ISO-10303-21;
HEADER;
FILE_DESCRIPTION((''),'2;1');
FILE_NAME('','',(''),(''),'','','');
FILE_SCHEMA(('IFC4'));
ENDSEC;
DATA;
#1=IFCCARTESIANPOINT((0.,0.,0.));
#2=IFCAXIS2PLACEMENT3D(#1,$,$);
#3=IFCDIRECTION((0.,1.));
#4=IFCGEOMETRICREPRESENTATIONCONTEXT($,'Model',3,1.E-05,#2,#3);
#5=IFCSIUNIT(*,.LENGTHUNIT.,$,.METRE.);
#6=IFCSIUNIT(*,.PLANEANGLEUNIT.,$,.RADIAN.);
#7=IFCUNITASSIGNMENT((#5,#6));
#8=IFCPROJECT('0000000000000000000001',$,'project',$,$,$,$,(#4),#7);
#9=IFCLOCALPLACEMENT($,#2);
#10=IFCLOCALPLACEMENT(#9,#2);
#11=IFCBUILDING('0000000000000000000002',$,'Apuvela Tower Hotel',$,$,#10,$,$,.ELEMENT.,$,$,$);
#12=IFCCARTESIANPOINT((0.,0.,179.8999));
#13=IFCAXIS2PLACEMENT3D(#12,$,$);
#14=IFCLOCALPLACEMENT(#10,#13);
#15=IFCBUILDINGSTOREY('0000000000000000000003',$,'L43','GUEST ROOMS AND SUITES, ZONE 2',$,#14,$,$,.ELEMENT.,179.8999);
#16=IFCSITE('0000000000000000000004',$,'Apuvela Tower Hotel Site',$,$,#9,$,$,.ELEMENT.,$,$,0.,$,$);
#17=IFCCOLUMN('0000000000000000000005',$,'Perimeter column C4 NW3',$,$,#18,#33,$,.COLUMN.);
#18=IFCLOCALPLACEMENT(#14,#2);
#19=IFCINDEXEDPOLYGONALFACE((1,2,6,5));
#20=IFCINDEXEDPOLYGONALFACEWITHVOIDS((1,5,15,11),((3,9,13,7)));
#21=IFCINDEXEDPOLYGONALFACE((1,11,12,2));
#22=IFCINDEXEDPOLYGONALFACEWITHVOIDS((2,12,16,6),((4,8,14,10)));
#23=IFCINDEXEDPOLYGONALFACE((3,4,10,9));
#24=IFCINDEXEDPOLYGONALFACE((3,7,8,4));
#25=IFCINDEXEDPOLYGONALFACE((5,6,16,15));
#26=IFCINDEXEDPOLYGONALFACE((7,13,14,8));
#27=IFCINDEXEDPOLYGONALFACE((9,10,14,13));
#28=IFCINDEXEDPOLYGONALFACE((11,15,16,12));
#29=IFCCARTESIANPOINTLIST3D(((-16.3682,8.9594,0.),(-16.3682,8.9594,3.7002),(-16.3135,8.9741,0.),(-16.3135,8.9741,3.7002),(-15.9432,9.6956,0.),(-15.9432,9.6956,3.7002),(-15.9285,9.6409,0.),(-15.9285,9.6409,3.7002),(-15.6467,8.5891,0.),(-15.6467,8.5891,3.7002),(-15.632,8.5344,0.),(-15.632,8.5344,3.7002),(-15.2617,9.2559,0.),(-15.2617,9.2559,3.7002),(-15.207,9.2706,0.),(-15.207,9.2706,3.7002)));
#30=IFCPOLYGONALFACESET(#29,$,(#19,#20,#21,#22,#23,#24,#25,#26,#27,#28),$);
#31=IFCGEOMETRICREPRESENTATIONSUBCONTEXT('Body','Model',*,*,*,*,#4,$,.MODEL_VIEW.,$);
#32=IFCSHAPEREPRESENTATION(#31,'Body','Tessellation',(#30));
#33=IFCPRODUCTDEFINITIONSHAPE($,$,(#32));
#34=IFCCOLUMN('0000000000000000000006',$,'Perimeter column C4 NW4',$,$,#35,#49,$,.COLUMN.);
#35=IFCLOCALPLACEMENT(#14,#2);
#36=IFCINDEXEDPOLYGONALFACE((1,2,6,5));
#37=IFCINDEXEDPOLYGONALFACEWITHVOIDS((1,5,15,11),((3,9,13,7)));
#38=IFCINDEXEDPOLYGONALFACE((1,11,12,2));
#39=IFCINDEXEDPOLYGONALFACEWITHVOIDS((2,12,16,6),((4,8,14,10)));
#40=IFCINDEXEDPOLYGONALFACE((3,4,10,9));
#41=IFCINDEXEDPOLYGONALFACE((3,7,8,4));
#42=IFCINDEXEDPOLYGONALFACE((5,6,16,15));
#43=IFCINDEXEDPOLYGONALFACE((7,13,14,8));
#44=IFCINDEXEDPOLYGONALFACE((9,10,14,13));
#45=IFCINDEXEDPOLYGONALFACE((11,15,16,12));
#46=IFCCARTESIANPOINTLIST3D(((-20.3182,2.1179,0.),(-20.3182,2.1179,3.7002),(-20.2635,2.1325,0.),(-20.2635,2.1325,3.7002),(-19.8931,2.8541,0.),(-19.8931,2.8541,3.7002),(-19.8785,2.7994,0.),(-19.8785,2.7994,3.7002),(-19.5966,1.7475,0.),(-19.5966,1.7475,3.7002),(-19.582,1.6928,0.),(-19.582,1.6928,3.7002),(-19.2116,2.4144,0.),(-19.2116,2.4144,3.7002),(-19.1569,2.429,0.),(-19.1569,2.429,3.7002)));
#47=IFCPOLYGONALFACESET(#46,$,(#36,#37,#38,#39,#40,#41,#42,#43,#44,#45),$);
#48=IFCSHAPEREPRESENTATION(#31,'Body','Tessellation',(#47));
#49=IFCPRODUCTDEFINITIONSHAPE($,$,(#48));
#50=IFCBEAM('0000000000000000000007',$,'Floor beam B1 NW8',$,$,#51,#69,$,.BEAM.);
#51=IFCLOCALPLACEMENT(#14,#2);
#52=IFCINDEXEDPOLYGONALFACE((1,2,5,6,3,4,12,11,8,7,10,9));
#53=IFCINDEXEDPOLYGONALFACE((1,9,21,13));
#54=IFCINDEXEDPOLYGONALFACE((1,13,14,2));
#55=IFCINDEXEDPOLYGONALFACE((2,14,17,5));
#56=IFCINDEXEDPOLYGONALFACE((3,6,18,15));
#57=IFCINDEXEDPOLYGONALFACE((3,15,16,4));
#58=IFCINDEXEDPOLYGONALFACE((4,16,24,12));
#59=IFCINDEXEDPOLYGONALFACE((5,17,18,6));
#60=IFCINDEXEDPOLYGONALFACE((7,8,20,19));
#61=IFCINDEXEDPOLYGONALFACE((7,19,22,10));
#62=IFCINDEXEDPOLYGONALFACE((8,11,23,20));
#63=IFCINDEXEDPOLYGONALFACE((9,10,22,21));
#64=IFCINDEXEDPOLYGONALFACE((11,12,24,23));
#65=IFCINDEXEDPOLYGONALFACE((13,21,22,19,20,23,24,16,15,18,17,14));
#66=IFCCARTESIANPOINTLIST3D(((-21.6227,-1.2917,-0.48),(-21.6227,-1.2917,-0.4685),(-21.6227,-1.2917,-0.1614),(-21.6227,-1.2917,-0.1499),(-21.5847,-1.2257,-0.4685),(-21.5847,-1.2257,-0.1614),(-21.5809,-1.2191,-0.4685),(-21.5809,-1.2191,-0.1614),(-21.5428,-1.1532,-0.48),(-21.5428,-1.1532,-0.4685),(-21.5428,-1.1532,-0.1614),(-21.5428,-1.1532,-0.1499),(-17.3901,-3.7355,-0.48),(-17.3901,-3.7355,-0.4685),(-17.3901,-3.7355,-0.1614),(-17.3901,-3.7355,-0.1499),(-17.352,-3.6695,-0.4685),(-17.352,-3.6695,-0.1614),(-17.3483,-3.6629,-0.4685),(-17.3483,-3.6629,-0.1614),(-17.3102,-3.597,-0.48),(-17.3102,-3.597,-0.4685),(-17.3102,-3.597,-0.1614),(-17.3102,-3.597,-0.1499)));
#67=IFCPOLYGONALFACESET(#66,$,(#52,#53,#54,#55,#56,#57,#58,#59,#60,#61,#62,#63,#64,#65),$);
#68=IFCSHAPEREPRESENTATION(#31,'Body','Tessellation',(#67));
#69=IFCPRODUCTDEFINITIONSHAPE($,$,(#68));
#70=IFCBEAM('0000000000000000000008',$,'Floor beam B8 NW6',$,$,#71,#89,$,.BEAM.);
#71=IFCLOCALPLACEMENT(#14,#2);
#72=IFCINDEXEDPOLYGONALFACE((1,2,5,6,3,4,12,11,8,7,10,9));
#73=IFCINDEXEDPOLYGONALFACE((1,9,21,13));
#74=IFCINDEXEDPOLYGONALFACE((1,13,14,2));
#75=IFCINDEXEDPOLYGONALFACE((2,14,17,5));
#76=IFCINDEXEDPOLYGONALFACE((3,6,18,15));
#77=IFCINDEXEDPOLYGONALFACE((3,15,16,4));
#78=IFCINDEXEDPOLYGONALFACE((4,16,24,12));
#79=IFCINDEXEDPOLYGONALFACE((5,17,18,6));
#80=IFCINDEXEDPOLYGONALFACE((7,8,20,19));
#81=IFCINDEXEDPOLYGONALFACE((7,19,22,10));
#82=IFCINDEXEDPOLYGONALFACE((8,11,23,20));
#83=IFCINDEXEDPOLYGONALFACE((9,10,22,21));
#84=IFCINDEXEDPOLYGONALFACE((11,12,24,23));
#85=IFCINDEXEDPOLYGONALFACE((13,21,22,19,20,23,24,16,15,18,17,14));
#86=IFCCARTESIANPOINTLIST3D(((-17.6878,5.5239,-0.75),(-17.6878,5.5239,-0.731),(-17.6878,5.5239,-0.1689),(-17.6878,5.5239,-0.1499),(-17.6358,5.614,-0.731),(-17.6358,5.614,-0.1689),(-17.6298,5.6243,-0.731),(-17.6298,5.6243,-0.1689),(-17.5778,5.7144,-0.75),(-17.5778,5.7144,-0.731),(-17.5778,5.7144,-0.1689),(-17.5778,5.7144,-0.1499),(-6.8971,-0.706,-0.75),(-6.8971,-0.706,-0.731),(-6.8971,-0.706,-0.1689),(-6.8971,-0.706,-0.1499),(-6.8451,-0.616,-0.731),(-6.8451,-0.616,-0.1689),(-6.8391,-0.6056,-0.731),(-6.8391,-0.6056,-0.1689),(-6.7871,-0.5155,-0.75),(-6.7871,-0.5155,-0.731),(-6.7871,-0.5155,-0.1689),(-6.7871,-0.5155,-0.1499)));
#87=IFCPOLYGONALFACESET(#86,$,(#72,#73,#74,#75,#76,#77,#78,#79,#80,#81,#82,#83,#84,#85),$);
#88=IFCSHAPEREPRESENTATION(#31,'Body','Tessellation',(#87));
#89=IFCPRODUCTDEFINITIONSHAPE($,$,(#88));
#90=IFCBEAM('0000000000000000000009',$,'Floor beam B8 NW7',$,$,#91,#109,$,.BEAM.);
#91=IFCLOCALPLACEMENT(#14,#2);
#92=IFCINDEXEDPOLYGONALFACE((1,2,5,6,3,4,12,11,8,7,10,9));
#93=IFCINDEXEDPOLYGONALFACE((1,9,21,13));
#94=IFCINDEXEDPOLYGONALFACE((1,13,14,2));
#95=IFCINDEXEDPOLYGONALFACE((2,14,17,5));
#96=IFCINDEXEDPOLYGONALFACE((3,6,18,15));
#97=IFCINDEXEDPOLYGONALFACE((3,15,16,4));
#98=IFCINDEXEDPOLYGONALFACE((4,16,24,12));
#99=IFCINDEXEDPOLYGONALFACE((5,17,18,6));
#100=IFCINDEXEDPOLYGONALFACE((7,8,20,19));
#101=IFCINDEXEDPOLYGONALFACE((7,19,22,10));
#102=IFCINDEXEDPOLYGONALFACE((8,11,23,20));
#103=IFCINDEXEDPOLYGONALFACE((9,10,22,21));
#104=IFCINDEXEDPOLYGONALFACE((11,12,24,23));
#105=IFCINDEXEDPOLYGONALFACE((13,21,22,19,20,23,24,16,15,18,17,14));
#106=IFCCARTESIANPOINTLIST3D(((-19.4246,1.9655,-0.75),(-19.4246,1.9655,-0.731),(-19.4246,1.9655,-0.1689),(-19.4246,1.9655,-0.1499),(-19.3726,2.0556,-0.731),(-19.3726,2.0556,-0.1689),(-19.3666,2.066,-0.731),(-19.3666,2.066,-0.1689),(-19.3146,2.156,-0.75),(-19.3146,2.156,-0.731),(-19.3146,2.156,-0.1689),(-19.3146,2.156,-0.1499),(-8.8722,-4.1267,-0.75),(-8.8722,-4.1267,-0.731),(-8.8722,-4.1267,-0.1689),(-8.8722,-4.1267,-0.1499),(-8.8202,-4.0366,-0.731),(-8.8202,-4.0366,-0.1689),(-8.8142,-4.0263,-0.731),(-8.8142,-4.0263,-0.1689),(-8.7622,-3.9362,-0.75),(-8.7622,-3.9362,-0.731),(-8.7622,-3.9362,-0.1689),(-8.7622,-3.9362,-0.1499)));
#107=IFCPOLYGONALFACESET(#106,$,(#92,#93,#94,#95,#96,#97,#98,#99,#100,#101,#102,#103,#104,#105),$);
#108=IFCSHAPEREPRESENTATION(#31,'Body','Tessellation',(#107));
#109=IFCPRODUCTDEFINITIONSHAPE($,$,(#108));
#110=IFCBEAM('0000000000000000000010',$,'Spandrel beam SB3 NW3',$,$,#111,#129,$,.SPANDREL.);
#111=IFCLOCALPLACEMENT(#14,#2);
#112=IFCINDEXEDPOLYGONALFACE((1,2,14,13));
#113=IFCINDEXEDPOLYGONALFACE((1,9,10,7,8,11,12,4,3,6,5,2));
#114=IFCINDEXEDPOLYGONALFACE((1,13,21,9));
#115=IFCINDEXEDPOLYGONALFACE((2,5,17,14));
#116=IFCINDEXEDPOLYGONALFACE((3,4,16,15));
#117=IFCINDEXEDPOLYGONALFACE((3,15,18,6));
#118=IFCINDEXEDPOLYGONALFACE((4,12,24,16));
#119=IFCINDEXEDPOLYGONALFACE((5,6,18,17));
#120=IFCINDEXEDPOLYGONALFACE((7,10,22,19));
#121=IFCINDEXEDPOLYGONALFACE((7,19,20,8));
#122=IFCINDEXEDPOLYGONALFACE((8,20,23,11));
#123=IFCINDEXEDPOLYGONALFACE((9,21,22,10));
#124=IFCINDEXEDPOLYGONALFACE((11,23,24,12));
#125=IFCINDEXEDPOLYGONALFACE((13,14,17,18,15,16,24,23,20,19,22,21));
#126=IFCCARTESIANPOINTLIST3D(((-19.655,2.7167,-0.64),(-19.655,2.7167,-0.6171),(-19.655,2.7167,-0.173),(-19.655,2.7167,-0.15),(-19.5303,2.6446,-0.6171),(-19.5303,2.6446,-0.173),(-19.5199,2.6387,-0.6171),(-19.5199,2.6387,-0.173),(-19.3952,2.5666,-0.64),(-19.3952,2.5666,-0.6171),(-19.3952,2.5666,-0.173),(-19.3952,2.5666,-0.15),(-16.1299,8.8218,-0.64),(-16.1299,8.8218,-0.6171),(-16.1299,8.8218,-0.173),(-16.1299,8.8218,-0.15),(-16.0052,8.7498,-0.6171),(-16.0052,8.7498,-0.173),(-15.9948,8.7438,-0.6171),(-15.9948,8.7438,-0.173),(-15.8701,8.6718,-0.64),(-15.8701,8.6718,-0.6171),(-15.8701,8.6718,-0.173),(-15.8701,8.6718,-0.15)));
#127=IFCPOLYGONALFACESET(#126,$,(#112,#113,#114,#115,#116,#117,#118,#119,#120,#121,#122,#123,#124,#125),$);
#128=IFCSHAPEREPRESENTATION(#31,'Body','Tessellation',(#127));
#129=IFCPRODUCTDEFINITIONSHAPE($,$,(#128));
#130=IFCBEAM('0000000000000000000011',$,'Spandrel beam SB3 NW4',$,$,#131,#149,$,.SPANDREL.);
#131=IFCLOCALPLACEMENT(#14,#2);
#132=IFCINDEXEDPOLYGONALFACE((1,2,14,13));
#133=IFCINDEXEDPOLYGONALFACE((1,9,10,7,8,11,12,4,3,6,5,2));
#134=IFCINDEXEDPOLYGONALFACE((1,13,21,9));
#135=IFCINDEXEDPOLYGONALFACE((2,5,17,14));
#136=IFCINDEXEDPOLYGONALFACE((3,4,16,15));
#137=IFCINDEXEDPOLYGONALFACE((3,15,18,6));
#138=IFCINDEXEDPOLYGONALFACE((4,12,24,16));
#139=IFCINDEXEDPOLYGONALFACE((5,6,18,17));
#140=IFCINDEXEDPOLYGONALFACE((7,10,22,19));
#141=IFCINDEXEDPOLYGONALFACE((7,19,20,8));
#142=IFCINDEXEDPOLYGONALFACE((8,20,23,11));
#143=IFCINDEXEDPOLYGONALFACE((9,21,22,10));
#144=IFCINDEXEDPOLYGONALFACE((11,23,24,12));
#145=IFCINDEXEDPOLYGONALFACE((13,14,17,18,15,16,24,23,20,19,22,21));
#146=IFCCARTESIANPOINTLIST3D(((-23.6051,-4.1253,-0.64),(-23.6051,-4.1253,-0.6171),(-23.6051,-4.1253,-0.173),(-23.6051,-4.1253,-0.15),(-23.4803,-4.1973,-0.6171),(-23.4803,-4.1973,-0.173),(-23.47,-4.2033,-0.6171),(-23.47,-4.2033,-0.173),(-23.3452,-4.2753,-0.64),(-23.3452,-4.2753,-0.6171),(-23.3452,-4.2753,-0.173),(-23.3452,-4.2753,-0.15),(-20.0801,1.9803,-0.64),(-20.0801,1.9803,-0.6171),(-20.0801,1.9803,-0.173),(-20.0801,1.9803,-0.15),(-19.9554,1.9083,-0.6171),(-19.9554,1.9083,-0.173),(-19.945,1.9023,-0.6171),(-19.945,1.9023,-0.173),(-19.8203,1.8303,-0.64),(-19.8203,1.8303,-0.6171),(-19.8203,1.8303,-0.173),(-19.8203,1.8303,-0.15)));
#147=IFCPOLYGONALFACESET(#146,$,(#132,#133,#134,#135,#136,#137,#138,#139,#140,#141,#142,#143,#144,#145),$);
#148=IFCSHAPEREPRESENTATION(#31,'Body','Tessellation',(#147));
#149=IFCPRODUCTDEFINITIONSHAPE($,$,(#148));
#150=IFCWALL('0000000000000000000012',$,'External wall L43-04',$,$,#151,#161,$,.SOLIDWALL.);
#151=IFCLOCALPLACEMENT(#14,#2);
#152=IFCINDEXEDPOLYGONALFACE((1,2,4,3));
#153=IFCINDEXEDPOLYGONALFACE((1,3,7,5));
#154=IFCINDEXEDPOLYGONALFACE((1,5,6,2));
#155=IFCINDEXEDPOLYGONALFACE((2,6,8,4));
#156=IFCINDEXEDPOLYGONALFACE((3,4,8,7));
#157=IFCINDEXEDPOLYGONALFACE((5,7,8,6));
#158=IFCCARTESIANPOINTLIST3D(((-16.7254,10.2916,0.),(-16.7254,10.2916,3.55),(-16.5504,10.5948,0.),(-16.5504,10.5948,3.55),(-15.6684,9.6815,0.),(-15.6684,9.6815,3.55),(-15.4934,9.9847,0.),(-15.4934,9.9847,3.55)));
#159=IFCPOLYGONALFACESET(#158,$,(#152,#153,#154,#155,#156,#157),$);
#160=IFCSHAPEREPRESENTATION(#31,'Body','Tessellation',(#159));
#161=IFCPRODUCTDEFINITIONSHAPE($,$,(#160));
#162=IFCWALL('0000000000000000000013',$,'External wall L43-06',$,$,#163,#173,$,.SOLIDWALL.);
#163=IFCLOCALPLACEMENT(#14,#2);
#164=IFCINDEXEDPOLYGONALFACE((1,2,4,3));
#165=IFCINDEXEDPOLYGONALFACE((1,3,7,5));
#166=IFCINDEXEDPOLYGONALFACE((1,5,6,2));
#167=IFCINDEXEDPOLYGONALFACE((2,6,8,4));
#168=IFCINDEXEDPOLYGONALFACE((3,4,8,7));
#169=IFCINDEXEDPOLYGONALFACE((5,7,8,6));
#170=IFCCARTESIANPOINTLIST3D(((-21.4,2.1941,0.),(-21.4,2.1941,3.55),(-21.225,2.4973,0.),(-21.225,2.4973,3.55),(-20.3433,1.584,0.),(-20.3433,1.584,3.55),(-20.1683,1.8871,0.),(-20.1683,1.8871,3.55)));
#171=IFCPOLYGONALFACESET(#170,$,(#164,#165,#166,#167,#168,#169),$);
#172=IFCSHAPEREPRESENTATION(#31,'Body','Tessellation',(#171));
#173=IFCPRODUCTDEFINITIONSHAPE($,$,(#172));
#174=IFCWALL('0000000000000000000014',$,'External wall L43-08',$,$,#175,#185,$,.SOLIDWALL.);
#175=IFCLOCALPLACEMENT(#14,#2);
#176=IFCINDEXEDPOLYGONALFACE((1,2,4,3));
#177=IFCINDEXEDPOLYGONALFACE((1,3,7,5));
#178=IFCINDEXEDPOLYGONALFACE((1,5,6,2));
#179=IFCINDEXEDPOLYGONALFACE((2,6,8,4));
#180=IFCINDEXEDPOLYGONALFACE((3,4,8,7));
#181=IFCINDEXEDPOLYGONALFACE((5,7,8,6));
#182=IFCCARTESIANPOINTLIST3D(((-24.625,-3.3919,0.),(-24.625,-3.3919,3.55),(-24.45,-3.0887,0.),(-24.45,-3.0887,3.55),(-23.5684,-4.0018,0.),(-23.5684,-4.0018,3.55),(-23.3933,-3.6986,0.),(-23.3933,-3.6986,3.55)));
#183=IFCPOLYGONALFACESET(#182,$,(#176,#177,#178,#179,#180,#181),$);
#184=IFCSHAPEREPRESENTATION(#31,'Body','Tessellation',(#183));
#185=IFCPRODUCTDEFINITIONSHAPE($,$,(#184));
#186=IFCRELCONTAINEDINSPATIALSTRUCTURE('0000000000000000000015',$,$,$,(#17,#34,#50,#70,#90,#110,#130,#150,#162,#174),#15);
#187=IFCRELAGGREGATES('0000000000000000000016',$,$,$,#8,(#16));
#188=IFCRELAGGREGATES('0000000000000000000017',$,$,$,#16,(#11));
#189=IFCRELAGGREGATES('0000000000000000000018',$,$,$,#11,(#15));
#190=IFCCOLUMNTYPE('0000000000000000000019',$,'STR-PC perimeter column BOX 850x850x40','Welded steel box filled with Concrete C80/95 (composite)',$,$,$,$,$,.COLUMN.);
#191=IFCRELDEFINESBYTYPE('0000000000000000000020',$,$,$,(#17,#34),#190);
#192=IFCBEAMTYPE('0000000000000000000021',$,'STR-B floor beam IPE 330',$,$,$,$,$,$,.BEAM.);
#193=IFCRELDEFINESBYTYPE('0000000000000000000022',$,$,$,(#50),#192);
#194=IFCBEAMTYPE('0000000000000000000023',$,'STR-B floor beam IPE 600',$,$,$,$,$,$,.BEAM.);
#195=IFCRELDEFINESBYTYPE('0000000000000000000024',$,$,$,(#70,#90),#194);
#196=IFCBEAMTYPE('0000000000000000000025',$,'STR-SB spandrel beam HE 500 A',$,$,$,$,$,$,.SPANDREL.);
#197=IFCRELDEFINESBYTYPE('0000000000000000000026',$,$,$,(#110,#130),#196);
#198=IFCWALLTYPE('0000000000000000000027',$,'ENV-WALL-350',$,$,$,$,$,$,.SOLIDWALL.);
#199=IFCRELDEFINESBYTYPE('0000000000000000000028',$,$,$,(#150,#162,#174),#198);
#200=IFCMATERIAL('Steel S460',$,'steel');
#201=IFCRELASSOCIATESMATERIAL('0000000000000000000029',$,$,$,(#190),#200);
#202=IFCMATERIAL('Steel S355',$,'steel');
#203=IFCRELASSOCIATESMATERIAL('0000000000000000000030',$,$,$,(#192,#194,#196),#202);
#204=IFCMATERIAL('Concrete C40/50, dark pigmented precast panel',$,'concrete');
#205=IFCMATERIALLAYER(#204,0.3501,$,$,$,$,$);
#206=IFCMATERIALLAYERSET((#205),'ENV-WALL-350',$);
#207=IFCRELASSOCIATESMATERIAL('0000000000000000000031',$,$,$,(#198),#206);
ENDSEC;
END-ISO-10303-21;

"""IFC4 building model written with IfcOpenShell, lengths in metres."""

from ifc_helpers import new_model, si_unit, direction, frame, frame_2d, origin, origin_2d, place, context, subcontext, project, spatial, rectangle, hollow_rectangle, i_section, extrude, material, layer, layer_set, material_profile, profile_set, type_object, element, save


model = new_model("IFC4")

# Units and contexts
model_context = context("Model", 3, precision=1e-05, world=origin(), true_north=direction((0.0, 1.0)))
body_context = subcontext(model_context, "Body", "Model", "MODEL_VIEW")
ifc_project = project(units=[si_unit("LENGTHUNIT", "METRE"), si_unit("PLANEANGLEUNIT", "RADIAN")], contexts=[model_context])

# Site, building, storey
site_placement = place(None, origin())
site = spatial("IfcSite", under=ifc_project, at=site_placement, Name="Apuvela Tower Hotel Site", CompositionType="ELEMENT", RefElevation=0.0)
building_placement = place(site_placement, origin())
building = spatial("IfcBuilding", under=site, at=building_placement, Name="Apuvela Tower Hotel", CompositionType="ELEMENT")
storey_placement = place(building_placement, frame((0.0, 0.0, 179.8999)))
storey = spatial("IfcBuildingStorey", under=building, at=storey_placement, Name="L43", Description="GUEST ROOMS AND SUITES, ZONE 2", CompositionType="ELEMENT", Elevation=179.8999)

# Columns
ifc_material_1 = material(Name="Steel S460", Category="steel")
ifc_material_profile_1 = material_profile(ifc_material_1, hollow_rectangle(XDim=0.8501, YDim=0.8501, WallThickness=0.04, at=origin_2d()), Name="BOX 850x850x40")
ifc_material_2 = material(Name="Concrete C80/95", Category="concrete")
ifc_material_profile_2 = material_profile(ifc_material_2, rectangle(XDim=0.77, YDim=0.77, at=origin_2d()), Name="Concrete C80/95 infill")
ifc_profile_set_1 = profile_set([ifc_material_profile_1, ifc_material_profile_2], Name="Steel S460")
column_type = type_object("IfcColumnType", Name="STR-PC perimeter column BOX 850x850x40", Description="Welded steel box filled with Concrete C80/95 (composite)", PredefinedType="COLUMN", material=ifc_profile_set_1)
for number, where, z_axis, x_axis, name in (
    (1, (-15.7876, 9.115, 0.0), (0.0, 0.0, 1.0), (0.5, 0.866025, 0.0), "Perimeter column C4 NW3"),
    (2, (-19.7375, 2.2734, 0.0), (0.0, 0.0, 1.0), (0.5, 0.866025, 0.0), "Perimeter column C4 NW4"),
):
    element("IfcColumn", number, at=place(storey_placement, frame(where, z_axis=z_axis, x_axis=x_axis)), inside=storey, type_object=column_type, Name=name, PredefinedType="COLUMN", context=body_context, shape_type="SweptSolid", body=[
        extrude(hollow_rectangle(XDim=0.8501, YDim=0.8501, WallThickness=0.04, at=origin_2d()), origin(), (0.0, 0.0, 1.0), 3.7002),
    ])

# Beams
ifc_material_3 = material(Name="Steel S355", Category="steel")
ifc_material_profile_3 = material_profile(ifc_material_3, i_section(OverallWidth=0.1599, OverallDepth=0.3301, WebThickness=0.0076, FlangeThickness=0.0115, at=origin_2d()), Name="IPE 330")
ifc_profile_set_2 = profile_set([ifc_material_profile_3], Name="Steel S355")
beam_type_1 = type_object("IfcBeamType", Name="STR-B floor beam IPE 330", PredefinedType="BEAM", material=ifc_profile_set_2)
beam_1_placement = place(storey_placement, frame((-21.5828, -1.2224, -0.3149), z_axis=(0.866015, -0.500018, 0.0), x_axis=(0.500018, 0.866015, 0.0)))
element("IfcBeam", 3, at=beam_1_placement, inside=storey, type_object=beam_type_1, Name="Floor beam B1 NW8", PredefinedType="BEAM", context=body_context, shape_type="SweptSolid", body=[
    extrude(i_section(OverallWidth=0.1599, OverallDepth=0.3301, WebThickness=0.0076, FlangeThickness=0.0115, at=origin_2d()), origin(), (0.0, 0.0, 1.0), 4.8875),
])
ifc_material_profile_4 = material_profile(ifc_material_3, i_section(OverallWidth=0.22, OverallDepth=0.6001, WebThickness=0.012, FlangeThickness=0.019, at=origin_2d()), Name="IPE 600")
ifc_profile_set_3 = profile_set([ifc_material_profile_4], Name="Steel S355")
beam_type_2 = type_object("IfcBeamType", Name="STR-B floor beam IPE 600", PredefinedType="BEAM", material=ifc_profile_set_3)
beam_2_placement = place(storey_placement, frame((-17.6328, 5.6191, -0.45), z_axis=(0.866028, -0.499996, 0.0), x_axis=(0.499996, 0.866028, 0.0)))
element("IfcBeam", 4, at=beam_2_placement, inside=storey, type_object=beam_type_2, Name="Floor beam B8 NW6", PredefinedType="BEAM", context=body_context, shape_type="SweptSolid", body=[
    extrude(i_section(OverallWidth=0.22, OverallDepth=0.6001, WebThickness=0.012, FlangeThickness=0.019, at=origin_2d()), origin(), (0.0, 0.0, 1.0), 12.46),
])
beam_3_placement = place(storey_placement, frame((-19.3696, 2.0608, -0.45), z_axis=(0.866032, -0.499988, 0.0), x_axis=(0.499988, 0.866032, 0.0)))
element("IfcBeam", 5, at=beam_3_placement, inside=storey, type_object=beam_type_2, Name="Floor beam B8 NW7", PredefinedType="BEAM", context=body_context, shape_type="SweptSolid", body=[
    extrude(i_section(OverallWidth=0.22, OverallDepth=0.6001, WebThickness=0.012, FlangeThickness=0.019, at=origin_2d()), origin(), (0.0, 0.0, 1.0), 12.1848),
])
ifc_material_profile_5 = material_profile(ifc_material_3, i_section(OverallWidth=0.3, OverallDepth=0.49, WebThickness=0.012, FlangeThickness=0.0229, at=origin_2d()), Name="HE 500 A")
ifc_profile_set_4 = profile_set([ifc_material_profile_5], Name="Steel S355")
beam_type_3 = type_object("IfcBeamType", Name="STR-SB spandrel beam HE 500 A", PredefinedType="SPANDREL", material=ifc_profile_set_4)
beam_4_placement = place(storey_placement, frame((-16.0, 8.7468, -0.395), z_axis=(-0.500031, -0.866007, 0.0), x_axis=(0.866007, -0.500031, 0.0)))
element("IfcBeam", 6, at=beam_4_placement, inside=storey, type_object=beam_type_3, Name="Spandrel beam SB3 NW3", PredefinedType="SPANDREL", context=body_context, shape_type="SweptSolid", body=[
    extrude(i_section(OverallWidth=0.3, OverallDepth=0.49, WebThickness=0.012, FlangeThickness=0.0229, at=origin_2d()), origin(), (0.0, 0.0, 1.0), 7.0498),
])
beam_5_placement = place(storey_placement, frame((-19.9502, 1.9053, -0.395), z_axis=(-0.49999, -0.866031, 0.0), x_axis=(0.866031, -0.49999, 0.0)))
element("IfcBeam", 7, at=beam_5_placement, inside=storey, type_object=beam_type_3, Name="Spandrel beam SB3 NW4", PredefinedType="SPANDREL", context=body_context, shape_type="SweptSolid", body=[
    extrude(i_section(OverallWidth=0.3, OverallDepth=0.49, WebThickness=0.012, FlangeThickness=0.0229, at=origin_2d()), origin(), (0.0, 0.0, 1.0), 7.05),
])

# Wall
ifc_material_4 = material(Name="Concrete C40/50, dark pigmented precast panel", Category="concrete")
ifc_layer_1 = layer(ifc_material_4, 0.3501)
ifc_layer_set_1 = layer_set([ifc_layer_1], Name="ENV-WALL-350")
wall_type_1 = type_object("IfcWallType", Name="ENV-WALL-350", PredefinedType="SOLIDWALL", material=ifc_layer_set_1)
wall_1_placement = place(storey_placement, frame((-15.5808, 9.833, 0.0), z_axis=(0.0, 0.0, 1.0), x_axis=(-0.866056, 0.499948, 0.0)))
element("IfcWall", 8, at=wall_1_placement, inside=storey, type_object=wall_type_1, Name="External wall L43-04", PredefinedType="SOLIDWALL", context=body_context, shape_type="SweptSolid", body=[
    extrude(rectangle(XDim=1.2205, YDim=0.3501, at=frame_2d((0.6104, 0.0))), origin(), (0.0, 0.0, 1.0), 3.55),
])

# Wall
wall_2_placement = place(storey_placement, frame((-21.3125, 2.3457, 0.0), z_axis=(0.0, 0.0, 1.0), x_axis=(0.866006, -0.500034, 0.0)))
element("IfcWall", 9, at=wall_2_placement, inside=storey, type_object=wall_type_1, Name="External wall L43-06", PredefinedType="SOLIDWALL", context=body_context, shape_type="SweptSolid", body=[
    extrude(rectangle(XDim=1.2202, YDim=0.3501, at=frame_2d((0.6101, 0.0))), origin(), (0.0, 0.0, 1.0), 3.55),
])

# Wall
wall_3_placement = place(storey_placement, frame((-23.481, -3.8501, 0.0), z_axis=(0.0, 0.0, 1.0), x_axis=(-0.866092, 0.499884, 0.0)))
element("IfcWall", 10, at=wall_3_placement, inside=storey, type_object=wall_type_1, Name="External wall L43-08", PredefinedType="SOLIDWALL", context=body_context, shape_type="SweptSolid", body=[
    extrude(rectangle(XDim=1.22, YDim=0.3501, at=frame_2d((0.6099, 0.0))), origin(), (0.0, 0.0, 1.0), 3.55),
])

save(model, "model.ifc")
